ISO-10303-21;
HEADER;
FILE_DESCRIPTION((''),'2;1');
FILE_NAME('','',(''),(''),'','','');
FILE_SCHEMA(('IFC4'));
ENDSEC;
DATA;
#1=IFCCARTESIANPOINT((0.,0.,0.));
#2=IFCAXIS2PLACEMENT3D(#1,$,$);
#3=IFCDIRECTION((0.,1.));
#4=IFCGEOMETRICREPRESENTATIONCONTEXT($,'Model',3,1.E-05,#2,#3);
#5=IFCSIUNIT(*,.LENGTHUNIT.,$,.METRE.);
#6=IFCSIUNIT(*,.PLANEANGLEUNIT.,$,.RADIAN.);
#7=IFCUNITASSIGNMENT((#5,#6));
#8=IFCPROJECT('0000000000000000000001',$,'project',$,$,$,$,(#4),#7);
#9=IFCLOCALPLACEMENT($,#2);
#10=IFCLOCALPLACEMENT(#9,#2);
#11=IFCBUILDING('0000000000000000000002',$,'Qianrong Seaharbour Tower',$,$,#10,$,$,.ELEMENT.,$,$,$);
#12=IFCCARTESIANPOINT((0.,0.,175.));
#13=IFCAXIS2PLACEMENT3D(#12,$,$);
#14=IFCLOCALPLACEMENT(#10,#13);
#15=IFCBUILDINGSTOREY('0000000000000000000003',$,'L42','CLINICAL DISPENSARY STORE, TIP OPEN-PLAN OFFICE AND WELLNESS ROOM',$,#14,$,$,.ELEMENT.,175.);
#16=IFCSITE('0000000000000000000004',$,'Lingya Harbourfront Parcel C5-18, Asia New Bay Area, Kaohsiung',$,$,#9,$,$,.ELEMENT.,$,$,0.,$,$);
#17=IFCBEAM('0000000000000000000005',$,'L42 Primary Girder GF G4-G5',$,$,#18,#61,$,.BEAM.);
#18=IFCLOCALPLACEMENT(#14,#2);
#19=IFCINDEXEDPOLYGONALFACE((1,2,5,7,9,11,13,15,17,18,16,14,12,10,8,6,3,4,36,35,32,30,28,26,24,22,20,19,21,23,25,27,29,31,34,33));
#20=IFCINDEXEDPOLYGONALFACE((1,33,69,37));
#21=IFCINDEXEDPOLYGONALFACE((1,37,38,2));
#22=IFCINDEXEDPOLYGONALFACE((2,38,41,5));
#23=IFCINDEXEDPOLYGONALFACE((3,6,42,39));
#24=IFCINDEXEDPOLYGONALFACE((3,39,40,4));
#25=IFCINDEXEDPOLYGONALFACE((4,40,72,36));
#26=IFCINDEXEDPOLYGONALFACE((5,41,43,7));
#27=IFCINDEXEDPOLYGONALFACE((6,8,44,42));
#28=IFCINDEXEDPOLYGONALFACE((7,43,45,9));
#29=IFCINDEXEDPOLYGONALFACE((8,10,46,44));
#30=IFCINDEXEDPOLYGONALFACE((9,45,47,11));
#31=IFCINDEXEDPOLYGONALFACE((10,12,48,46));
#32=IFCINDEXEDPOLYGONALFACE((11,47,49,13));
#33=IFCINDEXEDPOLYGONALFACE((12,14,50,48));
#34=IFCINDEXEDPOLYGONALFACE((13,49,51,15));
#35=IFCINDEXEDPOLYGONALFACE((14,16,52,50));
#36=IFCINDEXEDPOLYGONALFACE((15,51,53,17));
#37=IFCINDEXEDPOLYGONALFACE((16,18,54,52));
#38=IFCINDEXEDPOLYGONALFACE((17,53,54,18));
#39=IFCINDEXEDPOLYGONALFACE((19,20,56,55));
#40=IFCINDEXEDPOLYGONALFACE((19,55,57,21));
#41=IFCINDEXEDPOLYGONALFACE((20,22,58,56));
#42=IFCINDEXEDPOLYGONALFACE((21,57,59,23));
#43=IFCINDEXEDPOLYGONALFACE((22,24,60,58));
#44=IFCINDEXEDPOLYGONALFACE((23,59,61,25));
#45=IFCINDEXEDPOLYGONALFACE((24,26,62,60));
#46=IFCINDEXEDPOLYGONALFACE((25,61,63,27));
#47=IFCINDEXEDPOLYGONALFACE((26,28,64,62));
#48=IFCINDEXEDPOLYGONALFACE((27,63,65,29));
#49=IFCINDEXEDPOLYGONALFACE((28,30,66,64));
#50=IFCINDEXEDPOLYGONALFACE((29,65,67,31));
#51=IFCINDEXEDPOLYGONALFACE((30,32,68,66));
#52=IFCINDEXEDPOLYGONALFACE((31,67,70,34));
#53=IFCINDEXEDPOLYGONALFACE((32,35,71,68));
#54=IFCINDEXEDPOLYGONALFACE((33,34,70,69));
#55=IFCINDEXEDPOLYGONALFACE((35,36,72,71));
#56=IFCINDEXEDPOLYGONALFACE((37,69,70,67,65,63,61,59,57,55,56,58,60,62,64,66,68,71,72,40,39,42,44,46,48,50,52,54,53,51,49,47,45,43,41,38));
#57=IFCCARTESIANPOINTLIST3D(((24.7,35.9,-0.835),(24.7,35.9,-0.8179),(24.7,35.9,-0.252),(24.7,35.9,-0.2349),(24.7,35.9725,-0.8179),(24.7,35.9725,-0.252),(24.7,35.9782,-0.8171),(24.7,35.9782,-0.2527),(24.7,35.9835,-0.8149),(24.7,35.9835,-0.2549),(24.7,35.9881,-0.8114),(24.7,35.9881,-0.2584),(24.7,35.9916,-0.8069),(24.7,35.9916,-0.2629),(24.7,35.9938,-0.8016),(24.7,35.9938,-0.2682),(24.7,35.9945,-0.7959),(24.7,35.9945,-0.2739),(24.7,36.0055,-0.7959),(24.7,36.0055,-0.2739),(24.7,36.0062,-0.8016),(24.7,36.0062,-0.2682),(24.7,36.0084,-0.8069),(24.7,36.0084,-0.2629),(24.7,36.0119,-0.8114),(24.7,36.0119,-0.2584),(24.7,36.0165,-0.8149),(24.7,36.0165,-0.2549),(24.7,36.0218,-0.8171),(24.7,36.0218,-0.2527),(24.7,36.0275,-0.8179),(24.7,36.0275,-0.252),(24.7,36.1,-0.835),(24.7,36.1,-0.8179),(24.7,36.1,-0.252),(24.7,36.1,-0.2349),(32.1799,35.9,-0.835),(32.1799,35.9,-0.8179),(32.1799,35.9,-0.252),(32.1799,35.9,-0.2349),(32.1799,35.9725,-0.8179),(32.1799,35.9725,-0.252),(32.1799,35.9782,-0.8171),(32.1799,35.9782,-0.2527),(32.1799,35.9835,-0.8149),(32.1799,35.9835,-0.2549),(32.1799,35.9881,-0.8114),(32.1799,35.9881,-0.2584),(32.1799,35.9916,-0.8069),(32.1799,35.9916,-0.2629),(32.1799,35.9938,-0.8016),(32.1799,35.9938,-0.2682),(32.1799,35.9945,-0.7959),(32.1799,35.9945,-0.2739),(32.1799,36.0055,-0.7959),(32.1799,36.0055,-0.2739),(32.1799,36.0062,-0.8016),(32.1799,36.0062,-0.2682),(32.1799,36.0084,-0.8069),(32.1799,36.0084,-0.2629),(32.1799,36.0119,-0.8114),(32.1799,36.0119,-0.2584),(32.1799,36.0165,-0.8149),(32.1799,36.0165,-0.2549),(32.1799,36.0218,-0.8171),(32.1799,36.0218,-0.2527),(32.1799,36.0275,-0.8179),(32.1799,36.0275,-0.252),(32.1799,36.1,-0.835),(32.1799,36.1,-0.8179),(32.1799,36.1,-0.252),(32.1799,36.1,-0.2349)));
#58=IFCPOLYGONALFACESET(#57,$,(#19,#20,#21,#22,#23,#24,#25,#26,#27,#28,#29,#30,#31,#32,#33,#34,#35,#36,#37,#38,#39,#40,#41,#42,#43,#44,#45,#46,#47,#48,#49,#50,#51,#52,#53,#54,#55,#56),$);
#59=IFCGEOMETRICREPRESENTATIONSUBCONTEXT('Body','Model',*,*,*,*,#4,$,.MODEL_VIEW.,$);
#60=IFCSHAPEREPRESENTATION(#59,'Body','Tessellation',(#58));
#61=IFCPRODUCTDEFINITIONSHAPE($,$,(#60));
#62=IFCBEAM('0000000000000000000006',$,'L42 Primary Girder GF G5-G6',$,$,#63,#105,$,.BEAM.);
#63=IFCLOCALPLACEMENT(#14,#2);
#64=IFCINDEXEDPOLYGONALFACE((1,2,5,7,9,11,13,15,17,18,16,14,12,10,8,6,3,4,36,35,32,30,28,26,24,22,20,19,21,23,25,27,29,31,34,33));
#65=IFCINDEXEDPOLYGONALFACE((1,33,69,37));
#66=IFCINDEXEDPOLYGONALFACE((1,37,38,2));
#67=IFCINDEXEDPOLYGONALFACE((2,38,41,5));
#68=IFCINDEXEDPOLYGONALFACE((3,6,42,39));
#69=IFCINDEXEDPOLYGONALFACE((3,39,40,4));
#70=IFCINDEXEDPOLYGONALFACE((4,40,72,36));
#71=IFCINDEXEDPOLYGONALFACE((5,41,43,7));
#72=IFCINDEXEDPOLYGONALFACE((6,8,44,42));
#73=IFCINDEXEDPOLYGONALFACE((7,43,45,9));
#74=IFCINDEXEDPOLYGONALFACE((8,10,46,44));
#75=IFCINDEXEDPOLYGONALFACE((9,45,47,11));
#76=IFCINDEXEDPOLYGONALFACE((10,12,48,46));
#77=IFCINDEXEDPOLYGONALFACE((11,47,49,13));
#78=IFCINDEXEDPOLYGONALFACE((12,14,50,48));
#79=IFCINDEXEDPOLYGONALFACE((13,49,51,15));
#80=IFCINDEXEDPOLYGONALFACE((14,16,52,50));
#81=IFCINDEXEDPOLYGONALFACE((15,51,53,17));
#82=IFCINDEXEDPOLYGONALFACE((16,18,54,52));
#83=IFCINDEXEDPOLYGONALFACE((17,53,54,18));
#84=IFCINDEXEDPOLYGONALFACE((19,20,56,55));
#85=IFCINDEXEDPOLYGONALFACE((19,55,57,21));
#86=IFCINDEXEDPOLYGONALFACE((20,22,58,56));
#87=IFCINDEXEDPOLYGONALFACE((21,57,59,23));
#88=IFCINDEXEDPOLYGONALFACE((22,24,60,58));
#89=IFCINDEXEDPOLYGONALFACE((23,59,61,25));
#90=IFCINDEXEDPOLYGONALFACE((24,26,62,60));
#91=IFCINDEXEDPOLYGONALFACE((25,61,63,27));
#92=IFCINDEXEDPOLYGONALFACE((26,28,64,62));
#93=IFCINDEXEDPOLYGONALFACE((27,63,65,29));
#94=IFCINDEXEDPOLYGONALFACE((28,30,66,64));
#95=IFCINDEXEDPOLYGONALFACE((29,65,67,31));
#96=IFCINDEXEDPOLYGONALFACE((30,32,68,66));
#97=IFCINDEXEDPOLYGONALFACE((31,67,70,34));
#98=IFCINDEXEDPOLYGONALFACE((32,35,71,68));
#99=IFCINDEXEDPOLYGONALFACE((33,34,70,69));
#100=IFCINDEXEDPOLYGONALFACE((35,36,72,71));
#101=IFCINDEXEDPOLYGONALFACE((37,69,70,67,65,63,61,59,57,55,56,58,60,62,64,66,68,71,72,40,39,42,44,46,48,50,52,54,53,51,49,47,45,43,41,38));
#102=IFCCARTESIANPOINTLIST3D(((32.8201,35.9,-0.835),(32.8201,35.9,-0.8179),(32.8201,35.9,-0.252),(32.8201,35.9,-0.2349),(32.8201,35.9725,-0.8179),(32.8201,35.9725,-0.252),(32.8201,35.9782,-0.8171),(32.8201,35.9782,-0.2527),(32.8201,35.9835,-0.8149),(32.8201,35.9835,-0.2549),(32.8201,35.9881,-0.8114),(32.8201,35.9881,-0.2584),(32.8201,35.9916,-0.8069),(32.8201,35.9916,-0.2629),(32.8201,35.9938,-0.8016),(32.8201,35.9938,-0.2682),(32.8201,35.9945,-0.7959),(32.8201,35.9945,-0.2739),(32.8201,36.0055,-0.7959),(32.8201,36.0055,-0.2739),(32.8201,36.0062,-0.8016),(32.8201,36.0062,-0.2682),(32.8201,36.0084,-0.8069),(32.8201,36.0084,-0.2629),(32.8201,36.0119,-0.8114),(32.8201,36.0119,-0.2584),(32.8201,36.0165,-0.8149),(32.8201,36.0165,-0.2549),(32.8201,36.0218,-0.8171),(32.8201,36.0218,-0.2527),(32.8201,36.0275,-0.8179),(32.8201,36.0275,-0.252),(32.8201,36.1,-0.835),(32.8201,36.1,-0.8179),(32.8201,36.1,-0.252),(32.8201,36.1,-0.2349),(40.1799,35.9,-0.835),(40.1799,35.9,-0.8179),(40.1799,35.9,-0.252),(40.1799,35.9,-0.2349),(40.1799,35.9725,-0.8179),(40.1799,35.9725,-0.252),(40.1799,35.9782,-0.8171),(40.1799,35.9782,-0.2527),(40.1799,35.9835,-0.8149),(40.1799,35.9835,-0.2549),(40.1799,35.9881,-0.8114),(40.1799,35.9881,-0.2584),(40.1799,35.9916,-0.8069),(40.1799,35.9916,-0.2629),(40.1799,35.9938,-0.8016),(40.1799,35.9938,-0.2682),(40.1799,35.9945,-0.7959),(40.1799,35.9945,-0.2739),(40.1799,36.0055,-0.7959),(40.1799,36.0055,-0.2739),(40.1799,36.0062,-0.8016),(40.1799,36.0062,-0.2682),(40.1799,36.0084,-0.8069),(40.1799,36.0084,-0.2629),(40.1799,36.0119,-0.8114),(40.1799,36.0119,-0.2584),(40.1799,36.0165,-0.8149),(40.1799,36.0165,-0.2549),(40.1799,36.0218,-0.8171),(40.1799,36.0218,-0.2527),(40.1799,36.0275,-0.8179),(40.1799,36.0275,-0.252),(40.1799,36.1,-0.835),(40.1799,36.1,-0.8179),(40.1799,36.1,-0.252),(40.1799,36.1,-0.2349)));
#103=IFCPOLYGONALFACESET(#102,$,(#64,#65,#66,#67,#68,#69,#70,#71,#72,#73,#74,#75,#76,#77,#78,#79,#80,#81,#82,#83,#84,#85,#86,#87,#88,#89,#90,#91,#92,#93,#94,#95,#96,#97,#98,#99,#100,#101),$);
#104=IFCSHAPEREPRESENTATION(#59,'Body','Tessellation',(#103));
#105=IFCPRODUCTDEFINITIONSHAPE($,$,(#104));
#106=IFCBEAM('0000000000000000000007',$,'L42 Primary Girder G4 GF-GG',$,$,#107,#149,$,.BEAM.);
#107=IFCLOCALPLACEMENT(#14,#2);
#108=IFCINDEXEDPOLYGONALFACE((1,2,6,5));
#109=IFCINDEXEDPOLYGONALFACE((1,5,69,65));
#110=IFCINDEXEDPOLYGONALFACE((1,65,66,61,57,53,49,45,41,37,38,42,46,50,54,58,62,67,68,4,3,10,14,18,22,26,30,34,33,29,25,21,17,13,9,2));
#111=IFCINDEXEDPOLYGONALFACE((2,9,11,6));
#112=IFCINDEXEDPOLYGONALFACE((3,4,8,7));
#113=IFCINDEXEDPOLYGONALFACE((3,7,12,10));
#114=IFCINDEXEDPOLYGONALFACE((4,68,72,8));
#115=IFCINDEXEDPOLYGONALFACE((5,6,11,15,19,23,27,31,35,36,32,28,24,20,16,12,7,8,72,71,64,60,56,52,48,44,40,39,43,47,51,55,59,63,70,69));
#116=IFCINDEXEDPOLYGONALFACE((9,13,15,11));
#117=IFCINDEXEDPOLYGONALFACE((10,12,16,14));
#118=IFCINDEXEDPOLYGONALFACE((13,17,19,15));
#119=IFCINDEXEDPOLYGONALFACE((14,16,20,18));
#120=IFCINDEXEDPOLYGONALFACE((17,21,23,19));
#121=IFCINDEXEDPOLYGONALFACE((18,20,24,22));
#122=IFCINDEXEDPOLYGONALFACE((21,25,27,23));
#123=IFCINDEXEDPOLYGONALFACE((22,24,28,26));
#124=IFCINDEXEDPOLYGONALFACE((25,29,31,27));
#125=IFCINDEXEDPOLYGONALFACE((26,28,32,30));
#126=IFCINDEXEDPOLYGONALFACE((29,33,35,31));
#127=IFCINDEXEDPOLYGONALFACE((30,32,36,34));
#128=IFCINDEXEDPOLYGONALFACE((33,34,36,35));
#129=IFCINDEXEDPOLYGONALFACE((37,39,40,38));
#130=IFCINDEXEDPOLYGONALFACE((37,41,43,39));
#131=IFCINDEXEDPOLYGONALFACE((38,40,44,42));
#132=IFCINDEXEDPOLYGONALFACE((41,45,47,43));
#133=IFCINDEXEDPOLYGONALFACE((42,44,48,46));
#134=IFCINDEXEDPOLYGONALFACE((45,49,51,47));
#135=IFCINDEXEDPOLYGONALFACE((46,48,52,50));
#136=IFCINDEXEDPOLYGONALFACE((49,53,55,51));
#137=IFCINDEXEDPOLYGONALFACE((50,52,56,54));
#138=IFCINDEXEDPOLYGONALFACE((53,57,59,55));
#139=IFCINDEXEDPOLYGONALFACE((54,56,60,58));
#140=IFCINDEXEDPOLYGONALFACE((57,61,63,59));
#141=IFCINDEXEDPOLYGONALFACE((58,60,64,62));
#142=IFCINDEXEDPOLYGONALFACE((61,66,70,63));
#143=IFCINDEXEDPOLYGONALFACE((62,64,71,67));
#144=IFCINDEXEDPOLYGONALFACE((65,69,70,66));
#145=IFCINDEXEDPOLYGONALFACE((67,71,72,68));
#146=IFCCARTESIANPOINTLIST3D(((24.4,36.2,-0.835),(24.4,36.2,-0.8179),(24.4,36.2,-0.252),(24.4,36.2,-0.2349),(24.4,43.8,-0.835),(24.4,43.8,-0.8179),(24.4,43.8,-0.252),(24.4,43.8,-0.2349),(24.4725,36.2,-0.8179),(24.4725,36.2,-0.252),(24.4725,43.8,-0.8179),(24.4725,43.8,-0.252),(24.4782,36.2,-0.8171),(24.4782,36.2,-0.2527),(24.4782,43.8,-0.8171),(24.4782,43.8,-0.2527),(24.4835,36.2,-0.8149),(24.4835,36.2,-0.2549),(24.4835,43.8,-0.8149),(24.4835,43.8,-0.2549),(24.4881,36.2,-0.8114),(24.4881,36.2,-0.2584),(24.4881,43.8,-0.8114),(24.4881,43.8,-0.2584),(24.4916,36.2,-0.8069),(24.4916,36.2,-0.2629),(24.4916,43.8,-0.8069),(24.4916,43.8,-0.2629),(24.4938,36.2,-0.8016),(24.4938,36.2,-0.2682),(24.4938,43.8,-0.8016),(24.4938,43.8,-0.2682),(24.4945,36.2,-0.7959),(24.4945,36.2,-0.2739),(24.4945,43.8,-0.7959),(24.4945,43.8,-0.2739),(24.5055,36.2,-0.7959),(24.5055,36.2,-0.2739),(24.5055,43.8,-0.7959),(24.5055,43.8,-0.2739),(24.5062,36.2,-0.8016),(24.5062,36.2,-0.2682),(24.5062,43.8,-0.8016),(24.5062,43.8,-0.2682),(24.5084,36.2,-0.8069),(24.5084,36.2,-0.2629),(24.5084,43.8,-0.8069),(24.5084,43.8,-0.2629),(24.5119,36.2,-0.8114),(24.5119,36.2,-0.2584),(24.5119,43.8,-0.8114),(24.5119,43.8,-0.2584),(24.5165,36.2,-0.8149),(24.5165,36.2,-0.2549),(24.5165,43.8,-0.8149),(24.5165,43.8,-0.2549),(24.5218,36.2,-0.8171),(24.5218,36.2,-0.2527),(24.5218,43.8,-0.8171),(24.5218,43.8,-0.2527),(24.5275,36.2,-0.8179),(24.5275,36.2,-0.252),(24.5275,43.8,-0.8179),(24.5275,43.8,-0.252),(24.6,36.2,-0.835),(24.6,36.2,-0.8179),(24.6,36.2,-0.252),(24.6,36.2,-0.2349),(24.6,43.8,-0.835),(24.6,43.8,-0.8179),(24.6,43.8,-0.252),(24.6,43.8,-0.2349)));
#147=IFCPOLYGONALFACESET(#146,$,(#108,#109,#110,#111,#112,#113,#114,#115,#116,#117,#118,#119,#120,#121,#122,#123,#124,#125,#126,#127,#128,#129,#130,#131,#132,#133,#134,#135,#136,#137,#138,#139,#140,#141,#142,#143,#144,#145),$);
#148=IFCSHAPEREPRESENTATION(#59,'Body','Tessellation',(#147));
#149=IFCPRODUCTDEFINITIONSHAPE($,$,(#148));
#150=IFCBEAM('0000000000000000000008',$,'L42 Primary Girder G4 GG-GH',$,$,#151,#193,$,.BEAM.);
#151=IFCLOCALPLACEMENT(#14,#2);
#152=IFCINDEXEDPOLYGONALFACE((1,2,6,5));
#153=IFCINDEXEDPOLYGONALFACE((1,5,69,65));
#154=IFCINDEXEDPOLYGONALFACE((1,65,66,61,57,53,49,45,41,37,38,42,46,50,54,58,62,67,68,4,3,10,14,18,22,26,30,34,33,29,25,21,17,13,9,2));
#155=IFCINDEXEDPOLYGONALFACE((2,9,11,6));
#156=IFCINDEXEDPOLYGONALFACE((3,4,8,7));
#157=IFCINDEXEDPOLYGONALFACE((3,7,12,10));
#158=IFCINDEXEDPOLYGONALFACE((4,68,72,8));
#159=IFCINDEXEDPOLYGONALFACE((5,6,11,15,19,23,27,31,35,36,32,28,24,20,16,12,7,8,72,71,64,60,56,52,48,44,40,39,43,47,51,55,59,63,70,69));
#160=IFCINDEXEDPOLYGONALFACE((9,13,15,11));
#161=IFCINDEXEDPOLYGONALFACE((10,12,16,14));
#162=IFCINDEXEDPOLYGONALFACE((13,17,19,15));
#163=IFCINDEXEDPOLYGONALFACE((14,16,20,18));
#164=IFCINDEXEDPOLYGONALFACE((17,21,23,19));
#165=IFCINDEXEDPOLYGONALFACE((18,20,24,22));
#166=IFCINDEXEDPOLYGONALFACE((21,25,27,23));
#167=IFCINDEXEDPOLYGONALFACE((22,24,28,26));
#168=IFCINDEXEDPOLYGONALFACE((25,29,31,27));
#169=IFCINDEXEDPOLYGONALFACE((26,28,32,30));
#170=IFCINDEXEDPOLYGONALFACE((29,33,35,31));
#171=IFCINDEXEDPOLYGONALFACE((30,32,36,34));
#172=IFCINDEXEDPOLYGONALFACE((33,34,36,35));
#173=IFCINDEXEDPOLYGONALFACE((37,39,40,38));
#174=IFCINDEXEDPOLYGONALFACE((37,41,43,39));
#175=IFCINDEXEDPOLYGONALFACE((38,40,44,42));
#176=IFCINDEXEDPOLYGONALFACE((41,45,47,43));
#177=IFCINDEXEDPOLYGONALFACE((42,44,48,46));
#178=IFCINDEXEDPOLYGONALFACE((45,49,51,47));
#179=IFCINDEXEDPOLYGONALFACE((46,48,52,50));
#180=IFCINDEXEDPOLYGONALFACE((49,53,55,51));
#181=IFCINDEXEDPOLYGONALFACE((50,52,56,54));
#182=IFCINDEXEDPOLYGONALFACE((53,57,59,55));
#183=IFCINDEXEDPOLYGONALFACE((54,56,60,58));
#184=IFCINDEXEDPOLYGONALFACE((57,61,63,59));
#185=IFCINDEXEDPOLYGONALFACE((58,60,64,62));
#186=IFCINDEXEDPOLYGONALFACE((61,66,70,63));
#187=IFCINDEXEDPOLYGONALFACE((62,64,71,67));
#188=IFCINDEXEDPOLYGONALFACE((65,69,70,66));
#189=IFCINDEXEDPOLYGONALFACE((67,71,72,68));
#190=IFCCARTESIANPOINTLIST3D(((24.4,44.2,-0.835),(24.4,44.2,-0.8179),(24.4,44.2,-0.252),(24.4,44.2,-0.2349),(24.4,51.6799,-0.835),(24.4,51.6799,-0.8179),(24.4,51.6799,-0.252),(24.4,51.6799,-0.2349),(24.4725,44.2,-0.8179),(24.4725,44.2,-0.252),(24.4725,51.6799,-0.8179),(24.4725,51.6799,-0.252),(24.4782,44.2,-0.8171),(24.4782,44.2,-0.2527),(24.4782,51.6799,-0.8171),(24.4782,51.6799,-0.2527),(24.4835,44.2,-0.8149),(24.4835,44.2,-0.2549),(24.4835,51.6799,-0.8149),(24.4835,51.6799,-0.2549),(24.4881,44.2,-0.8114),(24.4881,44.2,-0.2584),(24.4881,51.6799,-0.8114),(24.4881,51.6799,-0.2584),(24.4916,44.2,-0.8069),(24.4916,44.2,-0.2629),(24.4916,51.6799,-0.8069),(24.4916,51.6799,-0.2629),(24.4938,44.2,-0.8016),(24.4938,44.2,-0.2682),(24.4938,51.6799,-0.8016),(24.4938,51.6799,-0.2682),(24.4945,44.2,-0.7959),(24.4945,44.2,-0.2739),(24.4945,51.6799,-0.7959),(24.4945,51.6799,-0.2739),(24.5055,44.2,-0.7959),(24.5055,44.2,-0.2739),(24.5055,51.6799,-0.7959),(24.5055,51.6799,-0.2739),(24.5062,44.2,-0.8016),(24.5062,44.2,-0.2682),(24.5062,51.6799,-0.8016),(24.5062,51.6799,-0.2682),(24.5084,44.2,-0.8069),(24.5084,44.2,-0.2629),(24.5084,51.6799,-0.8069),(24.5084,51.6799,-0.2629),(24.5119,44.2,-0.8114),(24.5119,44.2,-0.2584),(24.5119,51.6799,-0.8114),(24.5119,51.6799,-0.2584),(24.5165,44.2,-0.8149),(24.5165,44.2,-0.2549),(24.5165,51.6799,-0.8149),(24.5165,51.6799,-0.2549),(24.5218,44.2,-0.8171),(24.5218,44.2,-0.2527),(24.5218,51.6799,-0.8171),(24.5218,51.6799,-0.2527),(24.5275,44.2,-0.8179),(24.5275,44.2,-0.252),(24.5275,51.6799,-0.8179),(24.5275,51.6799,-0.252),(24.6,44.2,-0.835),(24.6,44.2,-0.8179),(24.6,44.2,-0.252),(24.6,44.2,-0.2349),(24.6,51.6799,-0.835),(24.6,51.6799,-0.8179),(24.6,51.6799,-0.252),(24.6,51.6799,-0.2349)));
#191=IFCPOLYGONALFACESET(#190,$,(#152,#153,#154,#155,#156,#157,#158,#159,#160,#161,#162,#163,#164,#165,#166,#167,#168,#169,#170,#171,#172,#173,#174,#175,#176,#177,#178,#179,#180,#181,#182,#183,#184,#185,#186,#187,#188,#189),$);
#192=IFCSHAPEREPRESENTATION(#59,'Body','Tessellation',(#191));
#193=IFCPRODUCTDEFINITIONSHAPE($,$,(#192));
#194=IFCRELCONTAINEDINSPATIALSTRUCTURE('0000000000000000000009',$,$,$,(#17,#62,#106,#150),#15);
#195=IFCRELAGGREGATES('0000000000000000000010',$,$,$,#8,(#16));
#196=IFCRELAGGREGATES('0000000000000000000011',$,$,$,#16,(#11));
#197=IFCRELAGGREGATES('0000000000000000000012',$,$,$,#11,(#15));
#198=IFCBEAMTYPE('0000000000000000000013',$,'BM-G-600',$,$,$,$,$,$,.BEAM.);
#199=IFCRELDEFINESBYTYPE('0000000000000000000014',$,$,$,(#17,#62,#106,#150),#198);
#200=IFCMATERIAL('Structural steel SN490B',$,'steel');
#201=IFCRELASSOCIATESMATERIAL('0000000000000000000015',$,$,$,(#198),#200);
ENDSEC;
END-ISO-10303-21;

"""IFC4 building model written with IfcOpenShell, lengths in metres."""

from ifc_helpers import new_model, si_unit, direction, frame, origin, origin_2d, place, context, subcontext, project, spatial, i_section, extrude, material, material_profile, profile_set, type_object, element, save


model = new_model("IFC4")

# Units and contexts
model_context = context("Model", 3, precision=1e-05, world=origin(), true_north=direction((0.0, 1.0)))
body_context = subcontext(model_context, "Body", "Model", "MODEL_VIEW")
ifc_project = project(units=[si_unit("LENGTHUNIT", "METRE"), si_unit("PLANEANGLEUNIT", "RADIAN")], contexts=[model_context])

# Site, building, storey
site_placement = place(None, origin())
site = spatial("IfcSite", under=ifc_project, at=site_placement, Name="Lingya Harbourfront Parcel C5-18, Asia New Bay Area, Kaohsiung", CompositionType="ELEMENT", RefElevation=0.0)
building_placement = place(site_placement, origin())
building = spatial("IfcBuilding", under=site, at=building_placement, Name="Qianrong Seaharbour Tower", CompositionType="ELEMENT")
storey_placement = place(building_placement, frame((0.0, 0.0, 175.0)))
storey = spatial("IfcBuildingStorey", under=building, at=storey_placement, Name="L42", Description="CLINICAL DISPENSARY STORE, TIP OPEN-PLAN OFFICE AND WELLNESS ROOM", CompositionType="ELEMENT", Elevation=175.0)

# Shared definitions
ifc_material_1 = material(Name="Structural steel SN490B", Category="steel")

# Beams
ifc_material_profile_1 = material_profile(ifc_material_1, i_section(OverallWidth=0.2, OverallDepth=0.6001, WebThickness=0.011, FlangeThickness=0.0171, FilletRadius=0.022, at=origin_2d()), Name="H600x200x11x17")
ifc_profile_set_1 = profile_set([ifc_material_profile_1], Name="Structural steel SN490B")
beam_type_1 = type_object("IfcBeamType", Name="BM-G-600", PredefinedType="BEAM", material=ifc_profile_set_1)
beam_1_placement = place(storey_placement, frame((24.7, 36.0, -0.5349), z_axis=(1.0, 0.0, 0.0), x_axis=(0.0, 1.0, 0.0)))
element("IfcBeam", 1, at=beam_1_placement, inside=storey, type_object=beam_type_1, Name="L42 Primary Girder GF G4-G5", PredefinedType="BEAM", context=body_context, shape_type="SweptSolid", body=[
    extrude(i_section(OverallWidth=0.2, OverallDepth=0.6001, WebThickness=0.011, FlangeThickness=0.0171, FilletRadius=0.022, at=origin_2d()), origin(), (0.0, 0.0, 1.0), 7.48),
])
beam_2_placement = place(storey_placement, frame((32.8201, 36.0, -0.5349), z_axis=(1.0, 0.0, 0.0), x_axis=(0.0, 1.0, 0.0)))
element("IfcBeam", 2, at=beam_2_placement, inside=storey, type_object=beam_type_1, Name="L42 Primary Girder GF G5-G6", PredefinedType="BEAM", context=body_context, shape_type="SweptSolid", body=[
    extrude(i_section(OverallWidth=0.2, OverallDepth=0.6001, WebThickness=0.011, FlangeThickness=0.0171, FilletRadius=0.022, at=origin_2d()), origin(), (0.0, 0.0, 1.0), 7.3599),
])
beam_3_placement = place(storey_placement, frame((24.5, 36.2, -0.5349), z_axis=(0.0, 1.0, 0.0), x_axis=(-1.0, 0.0, 0.0)))
element("IfcBeam", 3, at=beam_3_placement, inside=storey, type_object=beam_type_1, Name="L42 Primary Girder G4 GF-GG", PredefinedType="BEAM", context=body_context, shape_type="SweptSolid", body=[
    extrude(i_section(OverallWidth=0.2, OverallDepth=0.6001, WebThickness=0.011, FlangeThickness=0.0171, FilletRadius=0.022, at=origin_2d()), origin(), (0.0, 0.0, 1.0), 7.6001),
])
beam_4_placement = place(storey_placement, frame((24.5, 44.2, -0.5349), z_axis=(0.0, 1.0, 0.0), x_axis=(-1.0, 0.0, 0.0)))
element("IfcBeam", 4, at=beam_4_placement, inside=storey, type_object=beam_type_1, Name="L42 Primary Girder G4 GG-GH", PredefinedType="BEAM", context=body_context, shape_type="SweptSolid", body=[
    extrude(i_section(OverallWidth=0.2, OverallDepth=0.6001, WebThickness=0.011, FlangeThickness=0.0171, FilletRadius=0.022, at=origin_2d()), origin(), (0.0, 0.0, 1.0), 7.48),
])

save(model, "model.ifc")
